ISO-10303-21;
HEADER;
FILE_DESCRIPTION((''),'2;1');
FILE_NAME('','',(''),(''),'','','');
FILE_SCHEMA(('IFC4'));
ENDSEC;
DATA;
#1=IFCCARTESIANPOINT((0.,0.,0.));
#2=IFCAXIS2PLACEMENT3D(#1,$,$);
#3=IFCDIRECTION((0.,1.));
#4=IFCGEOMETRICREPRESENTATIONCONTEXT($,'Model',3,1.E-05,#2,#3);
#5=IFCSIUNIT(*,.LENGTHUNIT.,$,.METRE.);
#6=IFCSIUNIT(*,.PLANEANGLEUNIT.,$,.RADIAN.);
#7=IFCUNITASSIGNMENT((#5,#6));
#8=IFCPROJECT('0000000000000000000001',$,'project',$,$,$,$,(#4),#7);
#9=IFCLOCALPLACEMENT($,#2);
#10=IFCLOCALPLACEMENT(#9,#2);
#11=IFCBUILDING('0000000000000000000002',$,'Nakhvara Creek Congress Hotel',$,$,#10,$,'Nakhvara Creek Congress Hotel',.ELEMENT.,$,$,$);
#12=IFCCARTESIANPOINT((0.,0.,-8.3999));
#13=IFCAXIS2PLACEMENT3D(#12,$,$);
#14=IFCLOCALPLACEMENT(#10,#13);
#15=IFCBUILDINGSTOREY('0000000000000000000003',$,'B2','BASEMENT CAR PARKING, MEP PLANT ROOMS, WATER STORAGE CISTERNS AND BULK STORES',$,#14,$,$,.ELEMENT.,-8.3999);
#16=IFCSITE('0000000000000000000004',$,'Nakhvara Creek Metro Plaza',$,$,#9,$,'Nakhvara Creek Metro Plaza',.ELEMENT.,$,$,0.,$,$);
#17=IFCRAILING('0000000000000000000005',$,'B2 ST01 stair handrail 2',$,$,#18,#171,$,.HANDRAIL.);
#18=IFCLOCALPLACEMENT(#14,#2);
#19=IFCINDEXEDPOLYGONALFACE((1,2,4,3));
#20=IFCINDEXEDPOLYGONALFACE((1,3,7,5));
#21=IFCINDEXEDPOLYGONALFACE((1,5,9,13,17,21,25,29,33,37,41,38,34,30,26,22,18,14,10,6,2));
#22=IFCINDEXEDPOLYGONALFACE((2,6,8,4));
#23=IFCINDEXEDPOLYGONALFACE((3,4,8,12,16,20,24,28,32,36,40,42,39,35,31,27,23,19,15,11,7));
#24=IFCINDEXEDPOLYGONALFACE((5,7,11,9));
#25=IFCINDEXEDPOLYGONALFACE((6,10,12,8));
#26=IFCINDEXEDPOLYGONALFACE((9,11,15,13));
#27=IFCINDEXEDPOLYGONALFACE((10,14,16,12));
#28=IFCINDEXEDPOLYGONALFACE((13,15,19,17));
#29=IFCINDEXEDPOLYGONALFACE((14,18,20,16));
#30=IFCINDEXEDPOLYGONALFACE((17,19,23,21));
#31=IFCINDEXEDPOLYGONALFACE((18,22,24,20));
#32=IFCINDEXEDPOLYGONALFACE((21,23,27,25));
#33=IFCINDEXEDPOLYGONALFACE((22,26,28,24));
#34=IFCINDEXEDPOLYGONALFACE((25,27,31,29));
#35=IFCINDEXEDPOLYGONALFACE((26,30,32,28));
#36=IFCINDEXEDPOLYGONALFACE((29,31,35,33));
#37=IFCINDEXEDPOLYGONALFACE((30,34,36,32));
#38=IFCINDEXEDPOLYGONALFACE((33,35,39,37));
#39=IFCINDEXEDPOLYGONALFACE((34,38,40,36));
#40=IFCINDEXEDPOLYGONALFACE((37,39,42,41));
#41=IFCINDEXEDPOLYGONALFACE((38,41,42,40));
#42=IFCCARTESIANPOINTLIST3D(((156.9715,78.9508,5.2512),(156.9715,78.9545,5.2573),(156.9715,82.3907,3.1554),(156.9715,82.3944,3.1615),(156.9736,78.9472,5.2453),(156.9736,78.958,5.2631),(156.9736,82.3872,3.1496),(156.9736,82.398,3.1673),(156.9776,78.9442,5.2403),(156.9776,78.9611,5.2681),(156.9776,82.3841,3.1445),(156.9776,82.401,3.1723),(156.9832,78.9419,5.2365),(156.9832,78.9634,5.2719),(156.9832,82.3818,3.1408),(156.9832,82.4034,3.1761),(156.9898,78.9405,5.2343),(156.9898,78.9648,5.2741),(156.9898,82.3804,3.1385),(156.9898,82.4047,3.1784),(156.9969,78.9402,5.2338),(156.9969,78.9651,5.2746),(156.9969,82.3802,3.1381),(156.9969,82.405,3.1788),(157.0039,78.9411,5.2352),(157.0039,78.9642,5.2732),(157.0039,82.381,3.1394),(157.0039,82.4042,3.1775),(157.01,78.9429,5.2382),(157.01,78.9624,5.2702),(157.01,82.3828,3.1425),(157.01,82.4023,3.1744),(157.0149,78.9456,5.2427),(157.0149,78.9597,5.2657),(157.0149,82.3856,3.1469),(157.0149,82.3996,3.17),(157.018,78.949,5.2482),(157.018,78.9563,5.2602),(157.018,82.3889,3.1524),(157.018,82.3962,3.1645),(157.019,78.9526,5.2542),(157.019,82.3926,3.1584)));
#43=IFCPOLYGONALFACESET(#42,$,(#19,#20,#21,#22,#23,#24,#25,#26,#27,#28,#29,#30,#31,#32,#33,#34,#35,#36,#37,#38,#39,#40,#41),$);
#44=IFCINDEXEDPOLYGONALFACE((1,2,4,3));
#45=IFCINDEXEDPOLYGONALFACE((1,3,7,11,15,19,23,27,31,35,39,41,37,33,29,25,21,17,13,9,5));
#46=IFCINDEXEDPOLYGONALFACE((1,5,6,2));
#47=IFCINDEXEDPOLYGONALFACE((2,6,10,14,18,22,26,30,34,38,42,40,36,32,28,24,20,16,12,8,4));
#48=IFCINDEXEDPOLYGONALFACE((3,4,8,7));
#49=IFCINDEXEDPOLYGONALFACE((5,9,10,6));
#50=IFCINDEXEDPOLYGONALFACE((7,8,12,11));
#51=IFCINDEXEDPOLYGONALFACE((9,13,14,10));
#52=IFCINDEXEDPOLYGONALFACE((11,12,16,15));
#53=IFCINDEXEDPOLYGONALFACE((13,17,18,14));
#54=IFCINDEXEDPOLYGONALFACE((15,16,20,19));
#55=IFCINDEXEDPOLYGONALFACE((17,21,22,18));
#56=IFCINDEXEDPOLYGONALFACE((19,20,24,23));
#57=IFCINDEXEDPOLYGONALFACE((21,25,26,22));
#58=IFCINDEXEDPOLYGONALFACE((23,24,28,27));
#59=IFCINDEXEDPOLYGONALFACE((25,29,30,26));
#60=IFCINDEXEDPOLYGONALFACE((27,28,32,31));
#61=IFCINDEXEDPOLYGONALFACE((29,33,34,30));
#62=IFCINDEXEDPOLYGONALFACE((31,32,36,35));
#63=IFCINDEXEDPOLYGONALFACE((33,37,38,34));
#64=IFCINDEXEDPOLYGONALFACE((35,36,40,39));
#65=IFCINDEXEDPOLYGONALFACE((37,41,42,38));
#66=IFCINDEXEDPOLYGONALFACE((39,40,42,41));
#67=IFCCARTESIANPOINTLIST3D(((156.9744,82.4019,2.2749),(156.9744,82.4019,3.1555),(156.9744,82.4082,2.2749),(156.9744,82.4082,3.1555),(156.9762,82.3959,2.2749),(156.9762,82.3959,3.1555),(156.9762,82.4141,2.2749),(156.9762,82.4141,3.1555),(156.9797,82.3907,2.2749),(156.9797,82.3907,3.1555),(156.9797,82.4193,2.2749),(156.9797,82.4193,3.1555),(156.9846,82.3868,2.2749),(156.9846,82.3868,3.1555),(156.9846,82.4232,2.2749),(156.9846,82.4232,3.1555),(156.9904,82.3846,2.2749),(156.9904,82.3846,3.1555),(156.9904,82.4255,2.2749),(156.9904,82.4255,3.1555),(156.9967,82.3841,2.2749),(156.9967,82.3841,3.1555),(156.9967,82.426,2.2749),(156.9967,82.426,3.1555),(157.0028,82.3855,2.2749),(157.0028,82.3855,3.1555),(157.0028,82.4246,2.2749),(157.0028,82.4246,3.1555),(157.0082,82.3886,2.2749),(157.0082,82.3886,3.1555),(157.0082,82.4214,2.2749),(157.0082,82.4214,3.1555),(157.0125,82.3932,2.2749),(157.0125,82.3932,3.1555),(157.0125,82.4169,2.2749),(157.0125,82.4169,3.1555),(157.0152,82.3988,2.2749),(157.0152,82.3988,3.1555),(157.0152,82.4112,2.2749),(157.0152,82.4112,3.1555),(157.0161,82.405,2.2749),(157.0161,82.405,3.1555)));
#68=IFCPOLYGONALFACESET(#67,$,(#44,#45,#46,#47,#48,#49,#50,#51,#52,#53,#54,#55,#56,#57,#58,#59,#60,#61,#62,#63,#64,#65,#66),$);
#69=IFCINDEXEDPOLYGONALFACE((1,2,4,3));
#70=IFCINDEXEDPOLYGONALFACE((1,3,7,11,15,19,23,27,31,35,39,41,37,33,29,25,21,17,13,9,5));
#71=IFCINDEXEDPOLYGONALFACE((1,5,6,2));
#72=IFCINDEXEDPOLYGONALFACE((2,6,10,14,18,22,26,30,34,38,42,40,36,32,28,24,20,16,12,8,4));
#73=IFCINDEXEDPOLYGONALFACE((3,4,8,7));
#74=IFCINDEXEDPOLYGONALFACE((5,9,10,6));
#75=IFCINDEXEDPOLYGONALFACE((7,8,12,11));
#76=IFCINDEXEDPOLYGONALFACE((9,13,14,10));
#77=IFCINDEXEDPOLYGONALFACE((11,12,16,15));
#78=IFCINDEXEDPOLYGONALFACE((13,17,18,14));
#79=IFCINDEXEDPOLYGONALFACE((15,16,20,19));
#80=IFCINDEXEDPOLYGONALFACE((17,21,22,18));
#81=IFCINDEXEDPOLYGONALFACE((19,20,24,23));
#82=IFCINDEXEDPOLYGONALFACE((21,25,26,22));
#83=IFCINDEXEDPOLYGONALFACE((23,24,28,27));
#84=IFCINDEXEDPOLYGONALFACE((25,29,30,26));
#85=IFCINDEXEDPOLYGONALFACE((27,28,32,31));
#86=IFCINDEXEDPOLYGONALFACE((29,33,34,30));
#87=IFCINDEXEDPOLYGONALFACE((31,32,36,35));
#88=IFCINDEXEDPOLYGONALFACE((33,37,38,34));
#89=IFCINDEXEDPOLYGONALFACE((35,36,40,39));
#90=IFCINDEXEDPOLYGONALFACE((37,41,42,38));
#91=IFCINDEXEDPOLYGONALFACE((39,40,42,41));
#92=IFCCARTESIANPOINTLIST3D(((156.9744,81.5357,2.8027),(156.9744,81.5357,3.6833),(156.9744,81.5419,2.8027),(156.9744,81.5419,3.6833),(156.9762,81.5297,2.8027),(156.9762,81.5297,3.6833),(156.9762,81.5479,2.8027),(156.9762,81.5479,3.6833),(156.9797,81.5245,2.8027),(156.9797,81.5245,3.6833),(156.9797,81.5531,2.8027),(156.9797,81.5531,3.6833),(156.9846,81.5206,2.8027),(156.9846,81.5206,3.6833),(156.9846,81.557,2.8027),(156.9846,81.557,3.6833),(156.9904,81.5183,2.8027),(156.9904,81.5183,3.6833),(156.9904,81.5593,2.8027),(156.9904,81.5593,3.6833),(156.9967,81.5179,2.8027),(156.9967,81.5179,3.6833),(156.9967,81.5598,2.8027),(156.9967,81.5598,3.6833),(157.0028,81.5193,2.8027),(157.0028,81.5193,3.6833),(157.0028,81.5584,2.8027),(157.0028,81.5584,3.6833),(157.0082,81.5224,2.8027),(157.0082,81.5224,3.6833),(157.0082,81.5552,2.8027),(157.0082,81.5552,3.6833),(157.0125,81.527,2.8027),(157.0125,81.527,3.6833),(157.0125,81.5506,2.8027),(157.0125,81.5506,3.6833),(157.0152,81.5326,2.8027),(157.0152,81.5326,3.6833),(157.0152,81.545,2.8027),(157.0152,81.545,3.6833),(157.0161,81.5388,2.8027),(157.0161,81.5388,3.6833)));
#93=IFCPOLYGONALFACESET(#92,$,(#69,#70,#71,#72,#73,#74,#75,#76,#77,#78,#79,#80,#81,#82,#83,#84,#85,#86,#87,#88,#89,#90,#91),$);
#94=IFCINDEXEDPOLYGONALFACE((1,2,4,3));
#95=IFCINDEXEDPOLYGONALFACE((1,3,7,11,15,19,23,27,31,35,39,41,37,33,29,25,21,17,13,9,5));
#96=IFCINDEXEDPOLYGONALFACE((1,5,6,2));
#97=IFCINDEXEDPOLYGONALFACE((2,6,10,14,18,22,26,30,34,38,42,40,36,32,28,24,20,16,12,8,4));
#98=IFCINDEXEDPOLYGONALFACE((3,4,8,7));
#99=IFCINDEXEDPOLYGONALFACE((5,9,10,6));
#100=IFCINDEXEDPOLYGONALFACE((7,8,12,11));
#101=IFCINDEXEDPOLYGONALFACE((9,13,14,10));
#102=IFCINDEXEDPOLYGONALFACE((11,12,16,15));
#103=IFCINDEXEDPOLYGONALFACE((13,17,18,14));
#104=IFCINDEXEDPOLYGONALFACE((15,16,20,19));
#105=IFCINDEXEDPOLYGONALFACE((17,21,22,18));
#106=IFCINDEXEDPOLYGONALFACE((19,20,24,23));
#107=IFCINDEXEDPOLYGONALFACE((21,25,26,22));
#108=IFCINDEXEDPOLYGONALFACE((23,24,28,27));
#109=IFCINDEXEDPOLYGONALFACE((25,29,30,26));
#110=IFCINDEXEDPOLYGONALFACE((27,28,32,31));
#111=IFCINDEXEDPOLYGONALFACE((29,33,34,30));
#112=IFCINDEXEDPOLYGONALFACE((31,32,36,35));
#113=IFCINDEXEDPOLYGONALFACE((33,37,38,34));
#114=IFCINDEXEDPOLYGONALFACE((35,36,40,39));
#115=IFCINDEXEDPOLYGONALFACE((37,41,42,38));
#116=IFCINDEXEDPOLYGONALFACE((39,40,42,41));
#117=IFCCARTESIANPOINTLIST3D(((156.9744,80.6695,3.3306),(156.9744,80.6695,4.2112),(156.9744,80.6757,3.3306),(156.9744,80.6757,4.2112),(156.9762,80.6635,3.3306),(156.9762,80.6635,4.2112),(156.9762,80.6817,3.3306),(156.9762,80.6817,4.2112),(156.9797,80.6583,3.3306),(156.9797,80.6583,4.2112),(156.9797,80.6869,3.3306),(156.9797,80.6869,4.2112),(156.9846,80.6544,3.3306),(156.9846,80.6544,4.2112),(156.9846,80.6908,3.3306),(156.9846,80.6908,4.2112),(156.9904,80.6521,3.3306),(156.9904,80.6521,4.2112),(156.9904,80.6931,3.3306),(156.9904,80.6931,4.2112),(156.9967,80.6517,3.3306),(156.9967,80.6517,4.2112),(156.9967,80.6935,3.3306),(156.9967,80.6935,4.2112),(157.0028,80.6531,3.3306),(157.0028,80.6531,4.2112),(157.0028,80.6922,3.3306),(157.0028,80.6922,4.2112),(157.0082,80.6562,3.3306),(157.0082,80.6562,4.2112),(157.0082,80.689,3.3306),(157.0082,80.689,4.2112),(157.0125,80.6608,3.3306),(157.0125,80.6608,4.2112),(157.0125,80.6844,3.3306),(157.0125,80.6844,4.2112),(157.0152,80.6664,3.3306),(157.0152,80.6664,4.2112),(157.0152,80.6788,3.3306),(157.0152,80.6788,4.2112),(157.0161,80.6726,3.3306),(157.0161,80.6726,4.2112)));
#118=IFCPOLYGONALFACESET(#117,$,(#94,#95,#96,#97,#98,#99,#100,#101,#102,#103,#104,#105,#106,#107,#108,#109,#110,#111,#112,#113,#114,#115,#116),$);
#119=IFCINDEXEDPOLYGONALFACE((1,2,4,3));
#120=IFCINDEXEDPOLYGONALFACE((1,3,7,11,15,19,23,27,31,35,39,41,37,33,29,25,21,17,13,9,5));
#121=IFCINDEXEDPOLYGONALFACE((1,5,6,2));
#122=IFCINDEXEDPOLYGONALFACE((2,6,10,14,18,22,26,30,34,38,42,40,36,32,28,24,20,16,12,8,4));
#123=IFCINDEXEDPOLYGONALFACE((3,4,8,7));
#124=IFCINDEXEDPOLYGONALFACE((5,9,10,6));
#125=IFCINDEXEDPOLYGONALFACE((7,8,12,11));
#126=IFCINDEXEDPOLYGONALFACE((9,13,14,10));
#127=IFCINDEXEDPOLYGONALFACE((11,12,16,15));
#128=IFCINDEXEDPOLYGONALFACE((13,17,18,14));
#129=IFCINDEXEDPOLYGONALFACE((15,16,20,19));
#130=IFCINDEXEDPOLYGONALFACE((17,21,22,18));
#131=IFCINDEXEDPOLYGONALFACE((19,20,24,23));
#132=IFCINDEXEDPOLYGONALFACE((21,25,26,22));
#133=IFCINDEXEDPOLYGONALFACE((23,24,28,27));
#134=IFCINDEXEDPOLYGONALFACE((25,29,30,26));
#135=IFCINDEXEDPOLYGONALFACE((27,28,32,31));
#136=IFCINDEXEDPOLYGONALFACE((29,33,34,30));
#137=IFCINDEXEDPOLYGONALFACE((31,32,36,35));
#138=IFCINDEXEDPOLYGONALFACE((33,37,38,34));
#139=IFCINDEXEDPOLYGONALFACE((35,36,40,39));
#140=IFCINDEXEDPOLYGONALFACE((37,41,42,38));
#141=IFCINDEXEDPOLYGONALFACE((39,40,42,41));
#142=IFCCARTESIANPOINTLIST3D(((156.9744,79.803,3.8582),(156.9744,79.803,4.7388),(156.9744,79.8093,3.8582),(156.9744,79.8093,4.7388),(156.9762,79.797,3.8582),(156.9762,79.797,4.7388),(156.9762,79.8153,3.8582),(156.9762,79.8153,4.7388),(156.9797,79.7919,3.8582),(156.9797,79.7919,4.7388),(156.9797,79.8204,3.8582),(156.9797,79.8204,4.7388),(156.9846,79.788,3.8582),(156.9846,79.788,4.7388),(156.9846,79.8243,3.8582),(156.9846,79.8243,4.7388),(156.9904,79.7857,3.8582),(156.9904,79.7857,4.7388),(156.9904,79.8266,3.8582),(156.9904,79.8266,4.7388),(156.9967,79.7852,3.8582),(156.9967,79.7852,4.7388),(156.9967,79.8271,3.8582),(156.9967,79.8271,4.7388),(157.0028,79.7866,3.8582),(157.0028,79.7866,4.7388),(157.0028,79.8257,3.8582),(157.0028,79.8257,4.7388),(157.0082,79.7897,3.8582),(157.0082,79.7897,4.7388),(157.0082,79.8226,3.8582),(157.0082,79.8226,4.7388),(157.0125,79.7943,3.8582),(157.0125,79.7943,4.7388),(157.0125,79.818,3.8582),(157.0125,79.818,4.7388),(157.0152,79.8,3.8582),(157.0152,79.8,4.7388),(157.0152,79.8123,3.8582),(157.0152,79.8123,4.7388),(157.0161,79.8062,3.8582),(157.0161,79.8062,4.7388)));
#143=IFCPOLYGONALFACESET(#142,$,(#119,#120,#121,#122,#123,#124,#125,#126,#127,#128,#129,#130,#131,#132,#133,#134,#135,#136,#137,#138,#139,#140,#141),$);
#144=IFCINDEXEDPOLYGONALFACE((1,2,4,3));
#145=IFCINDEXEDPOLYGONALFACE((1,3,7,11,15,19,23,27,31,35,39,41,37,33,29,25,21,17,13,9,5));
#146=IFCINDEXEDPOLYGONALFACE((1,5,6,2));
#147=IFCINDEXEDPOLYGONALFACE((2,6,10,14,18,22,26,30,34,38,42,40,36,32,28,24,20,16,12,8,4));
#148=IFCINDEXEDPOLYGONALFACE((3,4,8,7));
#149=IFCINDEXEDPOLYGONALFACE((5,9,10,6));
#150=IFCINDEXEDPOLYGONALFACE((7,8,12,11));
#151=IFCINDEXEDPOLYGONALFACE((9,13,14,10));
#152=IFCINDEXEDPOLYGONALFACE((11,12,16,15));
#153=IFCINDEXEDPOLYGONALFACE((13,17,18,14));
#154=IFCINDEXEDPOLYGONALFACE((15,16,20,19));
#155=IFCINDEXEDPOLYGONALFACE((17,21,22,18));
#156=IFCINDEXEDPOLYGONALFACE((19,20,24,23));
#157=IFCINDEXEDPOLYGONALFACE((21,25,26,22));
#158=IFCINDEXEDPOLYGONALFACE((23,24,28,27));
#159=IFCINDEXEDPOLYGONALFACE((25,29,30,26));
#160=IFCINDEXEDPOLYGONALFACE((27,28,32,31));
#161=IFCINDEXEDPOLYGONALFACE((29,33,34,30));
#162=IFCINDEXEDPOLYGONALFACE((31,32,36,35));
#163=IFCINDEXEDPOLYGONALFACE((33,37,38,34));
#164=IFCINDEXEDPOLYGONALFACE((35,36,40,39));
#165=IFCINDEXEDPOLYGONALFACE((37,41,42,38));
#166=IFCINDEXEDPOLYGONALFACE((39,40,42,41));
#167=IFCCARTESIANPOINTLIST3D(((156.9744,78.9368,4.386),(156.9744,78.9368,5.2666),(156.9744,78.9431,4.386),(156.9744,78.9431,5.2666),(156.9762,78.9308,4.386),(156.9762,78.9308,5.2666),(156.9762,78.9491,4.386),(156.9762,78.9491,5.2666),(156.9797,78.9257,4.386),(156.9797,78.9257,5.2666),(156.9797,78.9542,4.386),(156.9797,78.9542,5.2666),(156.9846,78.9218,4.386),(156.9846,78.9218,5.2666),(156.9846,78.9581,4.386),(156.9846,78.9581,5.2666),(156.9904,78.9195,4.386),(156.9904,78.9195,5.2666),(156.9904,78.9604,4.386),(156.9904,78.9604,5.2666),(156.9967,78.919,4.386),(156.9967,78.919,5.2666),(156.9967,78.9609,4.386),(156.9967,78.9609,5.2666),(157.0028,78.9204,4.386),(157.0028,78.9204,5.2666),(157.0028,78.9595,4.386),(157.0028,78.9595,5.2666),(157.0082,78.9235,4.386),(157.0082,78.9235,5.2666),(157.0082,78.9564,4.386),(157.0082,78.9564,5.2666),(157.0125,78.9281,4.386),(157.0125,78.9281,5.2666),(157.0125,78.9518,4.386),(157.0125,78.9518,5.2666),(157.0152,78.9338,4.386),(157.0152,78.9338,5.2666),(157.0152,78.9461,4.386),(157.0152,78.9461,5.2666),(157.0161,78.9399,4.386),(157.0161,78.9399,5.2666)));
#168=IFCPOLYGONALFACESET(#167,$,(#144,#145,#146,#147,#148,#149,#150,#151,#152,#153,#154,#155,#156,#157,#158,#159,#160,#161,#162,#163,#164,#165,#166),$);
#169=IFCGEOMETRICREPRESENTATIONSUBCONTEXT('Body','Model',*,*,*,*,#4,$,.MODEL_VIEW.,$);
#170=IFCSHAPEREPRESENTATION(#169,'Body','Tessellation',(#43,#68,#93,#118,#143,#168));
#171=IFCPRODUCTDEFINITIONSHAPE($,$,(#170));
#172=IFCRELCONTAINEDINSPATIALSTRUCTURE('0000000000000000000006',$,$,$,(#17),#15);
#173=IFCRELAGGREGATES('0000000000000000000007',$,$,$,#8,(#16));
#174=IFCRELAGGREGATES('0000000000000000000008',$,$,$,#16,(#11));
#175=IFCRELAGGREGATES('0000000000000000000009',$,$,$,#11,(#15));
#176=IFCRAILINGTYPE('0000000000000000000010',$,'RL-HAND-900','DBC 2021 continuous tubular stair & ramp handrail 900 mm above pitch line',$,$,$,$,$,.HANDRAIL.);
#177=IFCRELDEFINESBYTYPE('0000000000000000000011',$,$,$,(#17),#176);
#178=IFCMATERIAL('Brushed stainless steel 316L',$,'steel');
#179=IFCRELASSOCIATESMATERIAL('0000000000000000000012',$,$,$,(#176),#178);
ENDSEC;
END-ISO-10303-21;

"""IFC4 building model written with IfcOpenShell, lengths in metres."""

from ifc_helpers import new_model, si_unit, direction, frame, origin, origin_2d, place, context, subcontext, project, spatial, circle, extrude, material, type_object, element, save


model = new_model("IFC4")

# Units and contexts
model_context = context("Model", 3, precision=1e-05, world=origin(), true_north=direction((0.0, 1.0)))
body_context = subcontext(model_context, "Body", "Model", "MODEL_VIEW")
ifc_project = project(units=[si_unit("LENGTHUNIT", "METRE"), si_unit("PLANEANGLEUNIT", "RADIAN")], contexts=[model_context])

# Site, building, storey
site_placement = place(None, origin())
site = spatial("IfcSite", under=ifc_project, at=site_placement, Name="Nakhvara Creek Metro Plaza", LongName="Nakhvara Creek Metro Plaza", CompositionType="ELEMENT", RefElevation=0.0)
building_placement = place(site_placement, origin())
building = spatial("IfcBuilding", under=site, at=building_placement, Name="Nakhvara Creek Congress Hotel", LongName="Nakhvara Creek Congress Hotel", CompositionType="ELEMENT")
storey_placement = place(building_placement, frame((0.0, 0.0, -8.3999)))
storey = spatial("IfcBuildingStorey", under=building, at=storey_placement, Name="B2", Description="BASEMENT CAR PARKING, MEP PLANT ROOMS, WATER STORAGE CISTERNS AND BULK STORES", CompositionType="ELEMENT", Elevation=-8.3999)

# Railing
ifc_material_1 = material(Name="Brushed stainless steel 316L", Category="steel")
railing_type_1 = type_object("IfcRailingType", Name="RL-HAND-900", Description="DBC 2021 continuous tubular stair & ramp handrail 900 mm above pitch line", PredefinedType="HANDRAIL", material=ifc_material_1)
railing_1_placement = place(storey_placement, frame((156.9951, 82.405, 2.2749)))
element("IfcRailing", 1, at=railing_1_placement, inside=storey, type_object=railing_type_1, Name="B2 ST01 stair handrail 2", PredefinedType="HANDRAIL", context=body_context, shape_type="SweptSolid", body=[
    extrude(circle(Radius=0.0239, at=origin_2d()), frame((0.0, -0.0125, 0.8835), z_axis=(0.0, -0.853991, 0.520289), x_axis=(1.0, 0.0, 0.0)), (0.0, 0.0, 1.0), 4.0281),
    extrude(circle(Radius=0.021, at=origin_2d()), origin(), (0.0, 0.0, 1.0), 0.8806),
    extrude(circle(Radius=0.021, at=origin_2d()), frame((0.0, -0.8662, 0.5278)), (0.0, 0.0, 1.0), 0.8806),
    extrude(circle(Radius=0.021, at=origin_2d()), frame((0.0, -1.7324, 1.0557)), (0.0, 0.0, 1.0), 0.8806),
    extrude(circle(Radius=0.021, at=origin_2d()), frame((0.0, -2.5989, 1.5833)), (0.0, 0.0, 1.0), 0.8806),
    extrude(circle(Radius=0.021, at=origin_2d()), frame((0.0, -3.4651, 2.1111)), (0.0, 0.0, 1.0), 0.8806),
])

save(model, "model.ifc")
